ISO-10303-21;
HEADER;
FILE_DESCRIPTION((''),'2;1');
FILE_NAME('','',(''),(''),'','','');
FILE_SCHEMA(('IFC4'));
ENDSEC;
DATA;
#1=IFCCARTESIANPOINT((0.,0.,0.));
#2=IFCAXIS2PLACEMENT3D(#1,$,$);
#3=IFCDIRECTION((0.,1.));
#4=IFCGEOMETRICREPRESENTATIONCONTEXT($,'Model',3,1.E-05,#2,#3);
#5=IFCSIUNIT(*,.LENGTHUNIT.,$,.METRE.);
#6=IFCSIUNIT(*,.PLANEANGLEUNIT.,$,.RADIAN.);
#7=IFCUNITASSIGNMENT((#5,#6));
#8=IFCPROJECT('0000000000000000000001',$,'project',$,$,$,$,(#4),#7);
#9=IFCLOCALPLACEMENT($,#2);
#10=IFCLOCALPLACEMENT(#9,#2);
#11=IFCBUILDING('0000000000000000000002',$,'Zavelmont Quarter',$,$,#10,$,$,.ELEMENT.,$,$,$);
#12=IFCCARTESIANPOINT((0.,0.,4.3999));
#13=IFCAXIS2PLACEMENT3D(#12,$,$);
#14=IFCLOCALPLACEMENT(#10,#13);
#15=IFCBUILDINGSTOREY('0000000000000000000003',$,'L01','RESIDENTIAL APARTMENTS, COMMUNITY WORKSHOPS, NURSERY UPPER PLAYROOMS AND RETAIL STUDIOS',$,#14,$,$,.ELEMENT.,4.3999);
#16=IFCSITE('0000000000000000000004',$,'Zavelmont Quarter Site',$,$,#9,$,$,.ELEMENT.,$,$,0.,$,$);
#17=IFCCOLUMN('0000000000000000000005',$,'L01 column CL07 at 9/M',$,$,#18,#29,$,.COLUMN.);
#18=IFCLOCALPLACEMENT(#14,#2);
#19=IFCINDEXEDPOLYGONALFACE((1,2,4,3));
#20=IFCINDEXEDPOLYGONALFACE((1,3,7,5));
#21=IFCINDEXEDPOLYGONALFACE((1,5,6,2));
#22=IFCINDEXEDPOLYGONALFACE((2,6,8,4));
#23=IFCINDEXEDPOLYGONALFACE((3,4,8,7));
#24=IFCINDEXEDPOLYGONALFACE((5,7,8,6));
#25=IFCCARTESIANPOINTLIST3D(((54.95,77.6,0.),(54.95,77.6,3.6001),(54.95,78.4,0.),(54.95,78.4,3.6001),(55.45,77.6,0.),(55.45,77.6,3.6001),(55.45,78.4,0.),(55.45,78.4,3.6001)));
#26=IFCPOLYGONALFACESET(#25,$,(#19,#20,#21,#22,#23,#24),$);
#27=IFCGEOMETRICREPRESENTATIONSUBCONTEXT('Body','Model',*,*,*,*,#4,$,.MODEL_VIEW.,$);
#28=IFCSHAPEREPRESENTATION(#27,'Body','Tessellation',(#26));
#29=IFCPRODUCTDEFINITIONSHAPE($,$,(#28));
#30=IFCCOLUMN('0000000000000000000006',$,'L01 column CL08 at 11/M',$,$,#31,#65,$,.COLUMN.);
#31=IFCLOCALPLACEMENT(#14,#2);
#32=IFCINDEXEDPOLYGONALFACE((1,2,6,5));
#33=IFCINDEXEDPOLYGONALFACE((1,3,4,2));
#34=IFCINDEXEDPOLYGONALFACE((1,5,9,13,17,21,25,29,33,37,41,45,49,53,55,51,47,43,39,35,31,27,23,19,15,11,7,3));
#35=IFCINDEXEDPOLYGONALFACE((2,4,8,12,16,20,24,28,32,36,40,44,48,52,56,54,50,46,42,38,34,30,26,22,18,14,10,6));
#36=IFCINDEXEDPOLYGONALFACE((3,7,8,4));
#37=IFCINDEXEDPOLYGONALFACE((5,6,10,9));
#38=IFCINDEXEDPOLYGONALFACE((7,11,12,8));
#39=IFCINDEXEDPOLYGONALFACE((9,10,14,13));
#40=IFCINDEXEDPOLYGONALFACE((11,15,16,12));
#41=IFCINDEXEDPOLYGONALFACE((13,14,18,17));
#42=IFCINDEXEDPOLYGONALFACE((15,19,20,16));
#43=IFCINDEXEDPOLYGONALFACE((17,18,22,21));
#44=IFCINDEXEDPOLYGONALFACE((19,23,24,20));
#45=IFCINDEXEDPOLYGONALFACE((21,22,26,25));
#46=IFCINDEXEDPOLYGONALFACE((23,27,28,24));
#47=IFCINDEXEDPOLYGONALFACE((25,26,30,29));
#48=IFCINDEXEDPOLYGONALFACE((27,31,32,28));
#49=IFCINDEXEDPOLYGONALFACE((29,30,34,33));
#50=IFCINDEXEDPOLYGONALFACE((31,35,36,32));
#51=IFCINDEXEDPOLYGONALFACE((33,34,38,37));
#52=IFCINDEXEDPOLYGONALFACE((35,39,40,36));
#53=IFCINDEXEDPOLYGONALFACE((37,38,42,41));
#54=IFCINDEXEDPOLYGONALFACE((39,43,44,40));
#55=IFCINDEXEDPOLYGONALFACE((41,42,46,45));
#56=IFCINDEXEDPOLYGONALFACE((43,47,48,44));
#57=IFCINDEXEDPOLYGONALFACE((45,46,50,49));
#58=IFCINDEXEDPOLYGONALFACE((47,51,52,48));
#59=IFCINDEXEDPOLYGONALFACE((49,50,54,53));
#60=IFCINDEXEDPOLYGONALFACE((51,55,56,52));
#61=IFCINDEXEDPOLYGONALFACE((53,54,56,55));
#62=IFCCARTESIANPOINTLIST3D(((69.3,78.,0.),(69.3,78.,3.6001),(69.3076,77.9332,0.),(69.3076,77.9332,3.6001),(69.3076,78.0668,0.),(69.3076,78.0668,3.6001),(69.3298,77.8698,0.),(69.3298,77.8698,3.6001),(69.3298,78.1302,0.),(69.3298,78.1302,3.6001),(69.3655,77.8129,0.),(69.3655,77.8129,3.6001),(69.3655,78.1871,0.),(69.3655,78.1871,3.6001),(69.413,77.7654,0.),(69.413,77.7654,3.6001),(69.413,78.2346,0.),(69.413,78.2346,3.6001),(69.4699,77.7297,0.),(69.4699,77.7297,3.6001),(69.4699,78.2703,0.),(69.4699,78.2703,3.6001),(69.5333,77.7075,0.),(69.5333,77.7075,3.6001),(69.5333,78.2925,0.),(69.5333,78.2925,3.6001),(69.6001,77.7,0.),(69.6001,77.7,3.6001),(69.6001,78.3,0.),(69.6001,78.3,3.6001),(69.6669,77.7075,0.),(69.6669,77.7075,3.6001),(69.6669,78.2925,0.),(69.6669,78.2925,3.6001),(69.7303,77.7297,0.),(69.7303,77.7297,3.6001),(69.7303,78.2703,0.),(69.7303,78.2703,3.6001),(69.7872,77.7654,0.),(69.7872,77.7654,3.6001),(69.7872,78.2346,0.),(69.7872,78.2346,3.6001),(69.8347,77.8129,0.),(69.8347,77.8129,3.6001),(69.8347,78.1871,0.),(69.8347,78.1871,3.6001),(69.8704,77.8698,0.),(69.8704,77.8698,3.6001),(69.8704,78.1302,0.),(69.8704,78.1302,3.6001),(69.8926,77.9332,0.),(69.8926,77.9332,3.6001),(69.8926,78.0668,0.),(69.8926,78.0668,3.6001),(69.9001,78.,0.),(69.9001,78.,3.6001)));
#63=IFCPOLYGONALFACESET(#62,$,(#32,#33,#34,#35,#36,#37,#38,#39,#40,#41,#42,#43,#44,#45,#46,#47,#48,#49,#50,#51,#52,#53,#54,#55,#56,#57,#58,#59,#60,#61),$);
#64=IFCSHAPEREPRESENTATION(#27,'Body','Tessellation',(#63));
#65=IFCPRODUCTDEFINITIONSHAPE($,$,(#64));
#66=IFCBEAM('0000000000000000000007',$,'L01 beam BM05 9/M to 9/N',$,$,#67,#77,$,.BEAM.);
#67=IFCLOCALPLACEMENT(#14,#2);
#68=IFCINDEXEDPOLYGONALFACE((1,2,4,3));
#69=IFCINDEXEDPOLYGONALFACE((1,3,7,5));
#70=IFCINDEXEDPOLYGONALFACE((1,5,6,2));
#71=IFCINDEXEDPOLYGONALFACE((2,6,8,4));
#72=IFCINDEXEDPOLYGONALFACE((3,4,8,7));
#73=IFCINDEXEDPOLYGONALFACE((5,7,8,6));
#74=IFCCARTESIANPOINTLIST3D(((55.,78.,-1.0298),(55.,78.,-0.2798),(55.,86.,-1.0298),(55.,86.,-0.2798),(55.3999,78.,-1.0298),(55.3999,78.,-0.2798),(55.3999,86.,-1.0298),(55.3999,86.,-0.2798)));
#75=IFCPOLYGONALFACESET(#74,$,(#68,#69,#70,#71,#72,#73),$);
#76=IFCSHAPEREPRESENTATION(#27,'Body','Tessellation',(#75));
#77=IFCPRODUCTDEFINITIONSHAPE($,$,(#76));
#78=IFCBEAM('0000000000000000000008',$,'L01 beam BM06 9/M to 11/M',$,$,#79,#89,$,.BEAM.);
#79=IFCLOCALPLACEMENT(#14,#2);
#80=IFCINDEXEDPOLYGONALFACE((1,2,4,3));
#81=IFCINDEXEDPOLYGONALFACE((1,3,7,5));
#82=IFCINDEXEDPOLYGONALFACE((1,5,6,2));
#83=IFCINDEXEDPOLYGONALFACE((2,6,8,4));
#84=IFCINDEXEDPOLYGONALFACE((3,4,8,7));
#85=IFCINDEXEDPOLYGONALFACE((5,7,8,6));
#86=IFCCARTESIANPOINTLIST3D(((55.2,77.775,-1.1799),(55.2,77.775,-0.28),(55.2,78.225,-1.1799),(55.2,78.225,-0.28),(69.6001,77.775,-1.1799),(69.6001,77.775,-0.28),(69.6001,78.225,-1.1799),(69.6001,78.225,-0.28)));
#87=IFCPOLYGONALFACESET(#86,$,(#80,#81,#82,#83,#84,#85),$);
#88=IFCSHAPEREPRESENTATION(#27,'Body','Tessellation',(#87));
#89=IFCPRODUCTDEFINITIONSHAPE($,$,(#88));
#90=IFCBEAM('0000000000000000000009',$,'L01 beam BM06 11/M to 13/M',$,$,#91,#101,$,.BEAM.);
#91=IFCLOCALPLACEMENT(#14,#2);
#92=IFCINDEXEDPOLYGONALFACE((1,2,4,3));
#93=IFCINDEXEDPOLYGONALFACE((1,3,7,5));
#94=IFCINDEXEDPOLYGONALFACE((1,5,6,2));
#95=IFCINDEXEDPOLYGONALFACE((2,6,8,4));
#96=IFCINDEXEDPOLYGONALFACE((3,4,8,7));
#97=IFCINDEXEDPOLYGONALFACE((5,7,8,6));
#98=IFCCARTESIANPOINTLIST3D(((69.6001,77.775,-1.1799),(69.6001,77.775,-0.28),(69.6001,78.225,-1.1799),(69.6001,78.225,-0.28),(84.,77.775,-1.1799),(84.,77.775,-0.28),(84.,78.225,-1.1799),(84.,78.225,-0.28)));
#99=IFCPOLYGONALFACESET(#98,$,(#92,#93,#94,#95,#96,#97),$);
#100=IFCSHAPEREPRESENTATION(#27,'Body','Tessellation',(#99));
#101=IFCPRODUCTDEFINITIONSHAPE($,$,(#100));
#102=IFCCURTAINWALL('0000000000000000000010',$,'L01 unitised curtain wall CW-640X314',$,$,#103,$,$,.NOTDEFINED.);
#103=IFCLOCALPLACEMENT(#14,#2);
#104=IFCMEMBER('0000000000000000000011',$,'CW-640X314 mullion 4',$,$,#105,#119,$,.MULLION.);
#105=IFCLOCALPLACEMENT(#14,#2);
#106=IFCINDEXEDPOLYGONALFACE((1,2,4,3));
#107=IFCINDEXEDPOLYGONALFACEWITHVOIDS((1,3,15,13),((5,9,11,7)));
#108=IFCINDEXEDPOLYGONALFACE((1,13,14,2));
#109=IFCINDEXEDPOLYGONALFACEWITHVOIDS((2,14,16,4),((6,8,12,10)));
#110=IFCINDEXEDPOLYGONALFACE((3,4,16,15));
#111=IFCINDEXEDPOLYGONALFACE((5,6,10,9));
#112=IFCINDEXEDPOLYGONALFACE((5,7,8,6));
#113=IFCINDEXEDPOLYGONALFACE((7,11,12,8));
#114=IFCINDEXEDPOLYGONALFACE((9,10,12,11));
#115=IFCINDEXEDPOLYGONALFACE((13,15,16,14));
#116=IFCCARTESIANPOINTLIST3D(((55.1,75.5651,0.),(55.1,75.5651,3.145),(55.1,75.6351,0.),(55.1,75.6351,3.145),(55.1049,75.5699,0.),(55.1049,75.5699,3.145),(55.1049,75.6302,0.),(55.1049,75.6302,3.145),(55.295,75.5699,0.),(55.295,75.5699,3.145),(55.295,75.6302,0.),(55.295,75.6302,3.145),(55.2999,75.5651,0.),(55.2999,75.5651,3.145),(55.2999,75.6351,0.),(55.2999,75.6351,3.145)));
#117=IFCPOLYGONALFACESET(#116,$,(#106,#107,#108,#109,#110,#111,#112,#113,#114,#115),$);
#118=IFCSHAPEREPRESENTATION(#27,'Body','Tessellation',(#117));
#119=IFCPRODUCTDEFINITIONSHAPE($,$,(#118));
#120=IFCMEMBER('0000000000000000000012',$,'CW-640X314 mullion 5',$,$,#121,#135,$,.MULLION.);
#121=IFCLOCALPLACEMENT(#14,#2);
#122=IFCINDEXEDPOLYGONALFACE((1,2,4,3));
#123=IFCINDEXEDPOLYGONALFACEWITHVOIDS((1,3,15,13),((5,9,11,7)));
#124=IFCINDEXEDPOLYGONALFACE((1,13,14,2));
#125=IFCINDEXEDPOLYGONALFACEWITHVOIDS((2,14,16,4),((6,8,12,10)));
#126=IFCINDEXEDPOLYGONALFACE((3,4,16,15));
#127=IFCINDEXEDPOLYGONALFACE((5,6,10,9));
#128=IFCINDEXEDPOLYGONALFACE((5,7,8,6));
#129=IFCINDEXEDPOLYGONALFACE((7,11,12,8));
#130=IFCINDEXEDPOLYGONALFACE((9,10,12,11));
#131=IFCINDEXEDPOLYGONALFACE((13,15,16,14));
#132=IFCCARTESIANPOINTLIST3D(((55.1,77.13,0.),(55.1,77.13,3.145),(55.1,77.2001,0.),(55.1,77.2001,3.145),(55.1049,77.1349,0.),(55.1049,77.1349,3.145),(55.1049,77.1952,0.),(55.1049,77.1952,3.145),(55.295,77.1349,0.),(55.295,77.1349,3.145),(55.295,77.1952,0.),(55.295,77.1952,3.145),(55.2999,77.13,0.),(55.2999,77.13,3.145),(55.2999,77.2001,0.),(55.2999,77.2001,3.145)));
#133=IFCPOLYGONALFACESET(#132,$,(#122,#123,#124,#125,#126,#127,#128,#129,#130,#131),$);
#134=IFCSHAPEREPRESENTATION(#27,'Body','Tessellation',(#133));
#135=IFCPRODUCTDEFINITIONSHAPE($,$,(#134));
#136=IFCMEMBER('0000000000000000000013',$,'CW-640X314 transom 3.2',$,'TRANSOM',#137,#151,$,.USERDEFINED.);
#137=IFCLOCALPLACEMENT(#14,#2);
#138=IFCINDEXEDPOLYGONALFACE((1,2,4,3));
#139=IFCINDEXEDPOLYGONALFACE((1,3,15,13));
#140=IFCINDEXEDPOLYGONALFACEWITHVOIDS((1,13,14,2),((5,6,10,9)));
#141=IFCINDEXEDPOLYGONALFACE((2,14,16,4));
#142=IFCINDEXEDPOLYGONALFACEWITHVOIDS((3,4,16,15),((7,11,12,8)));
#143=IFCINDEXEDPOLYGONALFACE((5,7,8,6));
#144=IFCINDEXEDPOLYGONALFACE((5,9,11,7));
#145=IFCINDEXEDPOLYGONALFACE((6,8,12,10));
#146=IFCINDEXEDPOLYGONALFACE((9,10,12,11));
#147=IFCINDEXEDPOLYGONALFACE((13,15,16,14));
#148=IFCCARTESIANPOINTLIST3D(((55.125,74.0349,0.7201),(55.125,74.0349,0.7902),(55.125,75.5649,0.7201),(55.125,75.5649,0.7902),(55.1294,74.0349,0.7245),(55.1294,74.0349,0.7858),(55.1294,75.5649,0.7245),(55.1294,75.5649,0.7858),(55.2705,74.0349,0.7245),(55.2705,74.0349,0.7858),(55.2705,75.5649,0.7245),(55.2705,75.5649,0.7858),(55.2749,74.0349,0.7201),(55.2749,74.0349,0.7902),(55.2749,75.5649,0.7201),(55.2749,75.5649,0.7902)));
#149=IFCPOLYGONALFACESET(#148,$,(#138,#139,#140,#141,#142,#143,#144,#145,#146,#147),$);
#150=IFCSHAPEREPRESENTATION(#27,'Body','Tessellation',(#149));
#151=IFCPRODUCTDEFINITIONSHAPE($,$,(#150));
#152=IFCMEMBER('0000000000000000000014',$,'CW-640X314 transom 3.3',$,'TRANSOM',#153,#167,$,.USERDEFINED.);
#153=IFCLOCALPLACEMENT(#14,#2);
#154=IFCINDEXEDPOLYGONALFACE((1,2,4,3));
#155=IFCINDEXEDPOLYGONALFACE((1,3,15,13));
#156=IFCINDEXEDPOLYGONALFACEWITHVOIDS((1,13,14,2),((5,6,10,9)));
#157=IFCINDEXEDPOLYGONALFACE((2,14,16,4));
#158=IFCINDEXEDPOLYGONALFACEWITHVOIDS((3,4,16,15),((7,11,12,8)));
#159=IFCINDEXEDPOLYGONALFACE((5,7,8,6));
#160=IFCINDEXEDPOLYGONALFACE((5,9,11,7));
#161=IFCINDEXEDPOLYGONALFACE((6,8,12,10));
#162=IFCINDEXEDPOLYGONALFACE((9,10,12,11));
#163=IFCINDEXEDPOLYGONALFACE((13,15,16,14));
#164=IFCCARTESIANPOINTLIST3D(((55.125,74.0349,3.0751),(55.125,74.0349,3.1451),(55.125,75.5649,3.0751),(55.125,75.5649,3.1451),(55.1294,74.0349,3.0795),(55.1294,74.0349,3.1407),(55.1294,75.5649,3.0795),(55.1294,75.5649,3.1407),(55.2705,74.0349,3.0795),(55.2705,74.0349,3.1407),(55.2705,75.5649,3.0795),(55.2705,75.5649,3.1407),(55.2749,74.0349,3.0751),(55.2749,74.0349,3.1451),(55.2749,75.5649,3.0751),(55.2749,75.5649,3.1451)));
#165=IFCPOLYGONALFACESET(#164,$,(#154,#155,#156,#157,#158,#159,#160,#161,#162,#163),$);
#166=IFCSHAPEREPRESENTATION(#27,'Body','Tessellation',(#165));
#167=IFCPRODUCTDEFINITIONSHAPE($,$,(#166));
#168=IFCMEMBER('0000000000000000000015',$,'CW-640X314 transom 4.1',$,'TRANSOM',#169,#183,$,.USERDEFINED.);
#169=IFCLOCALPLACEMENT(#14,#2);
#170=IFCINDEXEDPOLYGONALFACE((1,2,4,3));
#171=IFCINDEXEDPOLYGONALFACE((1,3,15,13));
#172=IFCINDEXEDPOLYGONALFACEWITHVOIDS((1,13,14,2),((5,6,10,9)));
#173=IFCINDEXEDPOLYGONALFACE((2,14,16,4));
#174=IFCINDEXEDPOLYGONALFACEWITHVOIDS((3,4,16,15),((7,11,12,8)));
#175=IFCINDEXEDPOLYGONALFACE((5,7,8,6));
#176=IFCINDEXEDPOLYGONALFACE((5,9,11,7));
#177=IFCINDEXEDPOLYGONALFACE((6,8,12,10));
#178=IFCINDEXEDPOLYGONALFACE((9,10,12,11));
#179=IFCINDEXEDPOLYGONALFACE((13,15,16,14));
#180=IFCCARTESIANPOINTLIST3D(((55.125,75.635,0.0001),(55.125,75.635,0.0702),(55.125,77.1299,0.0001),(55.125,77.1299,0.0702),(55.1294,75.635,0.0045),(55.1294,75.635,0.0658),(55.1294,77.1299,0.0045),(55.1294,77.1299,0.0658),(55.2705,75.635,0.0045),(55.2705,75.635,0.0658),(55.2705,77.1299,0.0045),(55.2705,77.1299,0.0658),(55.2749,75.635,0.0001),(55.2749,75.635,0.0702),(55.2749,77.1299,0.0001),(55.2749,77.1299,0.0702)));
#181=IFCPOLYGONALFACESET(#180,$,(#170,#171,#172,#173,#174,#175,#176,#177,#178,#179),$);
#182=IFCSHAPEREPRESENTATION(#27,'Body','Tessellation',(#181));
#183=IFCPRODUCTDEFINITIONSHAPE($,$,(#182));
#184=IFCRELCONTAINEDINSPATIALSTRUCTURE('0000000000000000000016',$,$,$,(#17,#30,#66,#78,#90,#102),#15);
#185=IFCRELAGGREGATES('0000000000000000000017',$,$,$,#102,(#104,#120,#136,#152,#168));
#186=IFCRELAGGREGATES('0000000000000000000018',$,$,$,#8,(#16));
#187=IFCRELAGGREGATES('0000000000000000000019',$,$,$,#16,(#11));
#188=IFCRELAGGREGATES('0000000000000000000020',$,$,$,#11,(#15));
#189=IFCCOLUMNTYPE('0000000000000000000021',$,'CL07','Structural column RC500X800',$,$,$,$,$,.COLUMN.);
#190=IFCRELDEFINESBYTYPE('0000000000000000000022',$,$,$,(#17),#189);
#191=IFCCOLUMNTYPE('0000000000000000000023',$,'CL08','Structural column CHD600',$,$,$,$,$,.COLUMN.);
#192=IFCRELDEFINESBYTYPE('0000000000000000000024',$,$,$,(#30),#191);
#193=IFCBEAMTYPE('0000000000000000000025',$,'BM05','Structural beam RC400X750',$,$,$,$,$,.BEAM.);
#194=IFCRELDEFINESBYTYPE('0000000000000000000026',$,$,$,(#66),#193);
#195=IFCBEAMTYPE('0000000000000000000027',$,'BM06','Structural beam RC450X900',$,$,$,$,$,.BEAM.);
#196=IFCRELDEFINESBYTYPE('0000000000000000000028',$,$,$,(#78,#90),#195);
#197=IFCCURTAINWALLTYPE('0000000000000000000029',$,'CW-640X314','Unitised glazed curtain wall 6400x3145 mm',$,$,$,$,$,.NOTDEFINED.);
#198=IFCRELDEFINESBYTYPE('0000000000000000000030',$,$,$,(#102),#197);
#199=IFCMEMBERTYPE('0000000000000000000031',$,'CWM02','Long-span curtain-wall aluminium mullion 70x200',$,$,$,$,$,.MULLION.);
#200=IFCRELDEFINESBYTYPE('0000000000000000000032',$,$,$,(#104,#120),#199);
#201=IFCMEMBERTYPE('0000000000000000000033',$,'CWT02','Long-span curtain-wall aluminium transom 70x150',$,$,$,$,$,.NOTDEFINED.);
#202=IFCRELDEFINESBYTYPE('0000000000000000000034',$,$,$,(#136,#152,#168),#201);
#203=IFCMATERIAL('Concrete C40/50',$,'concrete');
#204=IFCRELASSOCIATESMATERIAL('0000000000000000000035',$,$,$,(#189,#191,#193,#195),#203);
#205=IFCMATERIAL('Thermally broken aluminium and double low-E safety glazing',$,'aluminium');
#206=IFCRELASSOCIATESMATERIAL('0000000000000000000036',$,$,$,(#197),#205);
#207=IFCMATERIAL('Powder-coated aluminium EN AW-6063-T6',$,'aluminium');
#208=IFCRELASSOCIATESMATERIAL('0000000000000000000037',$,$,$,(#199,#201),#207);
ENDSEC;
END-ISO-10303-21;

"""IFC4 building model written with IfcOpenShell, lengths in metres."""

from ifc_helpers import new_model, si_unit, direction, frame, origin, origin_2d, place, context, subcontext, project, spatial, rectangle, hollow_rectangle, circle, extrude, material, material_profile, profile_set, type_object, element, aggregate, save


model = new_model("IFC4")

# Units and contexts
model_context = context("Model", 3, precision=1e-05, world=origin(), true_north=direction((0.0, 1.0)))
body_context = subcontext(model_context, "Body", "Model", "MODEL_VIEW")
ifc_project = project(units=[si_unit("LENGTHUNIT", "METRE"), si_unit("PLANEANGLEUNIT", "RADIAN")], contexts=[model_context])

# Site, building, storey
site_placement = place(None, origin())
site = spatial("IfcSite", under=ifc_project, at=site_placement, Name="Zavelmont Quarter Site", CompositionType="ELEMENT", RefElevation=0.0)
building_placement = place(site_placement, origin())
building = spatial("IfcBuilding", under=site, at=building_placement, Name="Zavelmont Quarter", CompositionType="ELEMENT")
storey_placement = place(building_placement, frame((0.0, 0.0, 4.3999)))
storey = spatial("IfcBuildingStorey", under=building, at=storey_placement, Name="L01", Description="RESIDENTIAL APARTMENTS, COMMUNITY WORKSHOPS, NURSERY UPPER PLAYROOMS AND RETAIL STUDIOS", CompositionType="ELEMENT", Elevation=4.3999)

# Columns
ifc_material_1 = material(Name="Concrete C40/50", Category="concrete")
ifc_material_profile_1 = material_profile(ifc_material_1, rectangle(XDim=0.5, YDim=0.8, at=origin_2d()), Name="RC500X800")
ifc_profile_set_1 = profile_set([ifc_material_profile_1], Name="Concrete C40/50")
column_type_1 = type_object("IfcColumnType", Name="CL07", Description="Structural column RC500X800", PredefinedType="COLUMN", material=ifc_profile_set_1)
column_1_placement = place(storey_placement, frame((55.2, 78.0, 0.0), z_axis=(0.0, 0.0, 1.0), x_axis=(1.0, 0.0, 0.0)))
element("IfcColumn", 1, at=column_1_placement, inside=storey, type_object=column_type_1, Name="L01 column CL07 at 9/M", PredefinedType="COLUMN", context=body_context, shape_type="SweptSolid", body=[
    extrude(rectangle(XDim=0.5, YDim=0.8, at=origin_2d()), origin(), (0.0, 0.0, 1.0), 3.6001),
])
ifc_material_profile_2 = material_profile(ifc_material_1, circle(Radius=0.3, at=origin_2d()), Name="CHD600")
ifc_profile_set_2 = profile_set([ifc_material_profile_2], Name="Concrete C40/50")
column_type_2 = type_object("IfcColumnType", Name="CL08", Description="Structural column CHD600", PredefinedType="COLUMN", material=ifc_profile_set_2)
column_2_placement = place(storey_placement, frame((69.6001, 78.0, 0.0), z_axis=(0.0, 0.0, 1.0), x_axis=(1.0, 0.0, 0.0)))
element("IfcColumn", 2, at=column_2_placement, inside=storey, type_object=column_type_2, Name="L01 column CL08 at 11/M", PredefinedType="COLUMN", context=body_context, shape_type="SweptSolid", body=[
    extrude(circle(Radius=0.3, at=origin_2d()), origin(), (0.0, 0.0, 1.0), 3.6001),
])

# Beams
ifc_material_profile_3 = material_profile(ifc_material_1, rectangle(XDim=0.3999, YDim=0.75, at=origin_2d()), Name="RC400X750")
ifc_profile_set_3 = profile_set([ifc_material_profile_3], Name="Concrete C40/50")
beam_type_1 = type_object("IfcBeamType", Name="BM05", Description="Structural beam RC400X750", PredefinedType="BEAM", material=ifc_profile_set_3)
beam_1_placement = place(storey_placement, frame((55.2, 78.0, -0.6548), z_axis=(0.0, 1.0, 0.0), x_axis=(-1.0, 0.0, 0.0)))
element("IfcBeam", 3, at=beam_1_placement, inside=storey, type_object=beam_type_1, Name="L01 beam BM05 9/M to 9/N", PredefinedType="BEAM", context=body_context, shape_type="SweptSolid", body=[
    extrude(rectangle(XDim=0.3999, YDim=0.75, at=origin_2d()), origin(), (0.0, 0.0, 1.0), 8.0),
])
ifc_material_profile_4 = material_profile(ifc_material_1, rectangle(XDim=0.45, YDim=0.8999, at=origin_2d()), Name="RC450X900")
ifc_profile_set_4 = profile_set([ifc_material_profile_4], Name="Concrete C40/50")
beam_type_2 = type_object("IfcBeamType", Name="BM06", Description="Structural beam RC450X900", PredefinedType="BEAM", material=ifc_profile_set_4)
beam_2_placement = place(storey_placement, frame((55.2, 78.0, -0.73), z_axis=(1.0, 0.0, 0.0), x_axis=(0.0, 1.0, 0.0)))
element("IfcBeam", 4, at=beam_2_placement, inside=storey, type_object=beam_type_2, Name="L01 beam BM06 9/M to 11/M", PredefinedType="BEAM", context=body_context, shape_type="SweptSolid", body=[
    extrude(rectangle(XDim=0.45, YDim=0.8999, at=origin_2d()), origin(), (0.0, 0.0, 1.0), 14.4001),
])
beam_3_placement = place(storey_placement, frame((69.6001, 78.0, -0.73), z_axis=(1.0, 0.0, 0.0), x_axis=(0.0, 1.0, 0.0)))
element("IfcBeam", 5, at=beam_3_placement, inside=storey, type_object=beam_type_2, Name="L01 beam BM06 11/M to 13/M", PredefinedType="BEAM", context=body_context, shape_type="SweptSolid", body=[
    extrude(rectangle(XDim=0.45, YDim=0.8999, at=origin_2d()), origin(), (0.0, 0.0, 1.0), 14.3999),
])

# Curtain wall, members
ifc_material_2 = material(Name="Thermally broken aluminium and double low-E safety glazing", Category="aluminium")
curtain_wall_type = type_object("IfcCurtainWallType", Name="CW-640X314", Description="Unitised glazed curtain wall 6400x3145 mm", PredefinedType="NOTDEFINED", material=ifc_material_2)
curtain_wall_placement = place(storey_placement, origin())
curtain_wall = element("IfcCurtainWall", 6, at=curtain_wall_placement, inside=storey, type_object=curtain_wall_type, Name="L01 unitised curtain wall CW-640X314", PredefinedType="NOTDEFINED")
ifc_material_3 = material(Name="Powder-coated aluminium EN AW-6063-T6", Category="aluminium")
ifc_material_profile_5 = material_profile(ifc_material_3, hollow_rectangle(XDim=0.0701, YDim=0.2, WallThickness=0.0049, at=origin_2d()), Name="CWM70X200")
ifc_profile_set_5 = profile_set([ifc_material_profile_5], Name="Powder-coated aluminium EN AW-6063-T6")
member_type_1 = type_object("IfcMemberType", Name="CWM02", Description="Long-span curtain-wall aluminium mullion 70x200", PredefinedType="MULLION", material=ifc_profile_set_5)
member_1_placement = place(storey_placement, frame((55.2, 75.6001, 0.0), z_axis=(0.0, 0.0, 1.0), x_axis=(0.0, 1.0, 0.0)))
member_1 = element("IfcMember", 7, at=member_1_placement, type_object=member_type_1, Name="CW-640X314 mullion 4", PredefinedType="MULLION", context=body_context, shape_type="SweptSolid", body=[
    extrude(hollow_rectangle(XDim=0.0701, YDim=0.2, WallThickness=0.0049, at=origin_2d()), origin(), (0.0, 0.0, 1.0), 3.145),
])
member_2_placement = place(storey_placement, frame((55.2, 77.165, 0.0), z_axis=(0.0, 0.0, 1.0), x_axis=(0.0, 1.0, 0.0)))
member_2 = element("IfcMember", 8, at=member_2_placement, type_object=member_type_1, Name="CW-640X314 mullion 5", PredefinedType="MULLION", context=body_context, shape_type="SweptSolid", body=[
    extrude(hollow_rectangle(XDim=0.0701, YDim=0.2, WallThickness=0.0049, at=origin_2d()), origin(), (0.0, 0.0, 1.0), 3.145),
])
ifc_material_profile_6 = material_profile(ifc_material_3, hollow_rectangle(XDim=0.1499, YDim=0.0701, WallThickness=0.0044, at=origin_2d()), Name="CWT70X150")
ifc_profile_set_6 = profile_set([ifc_material_profile_6], Name="Powder-coated aluminium EN AW-6063-T6")
member_type_2 = type_object("IfcMemberType", Name="CWT02", Description="Long-span curtain-wall aluminium transom 70x150", PredefinedType="NOTDEFINED", material=ifc_profile_set_6)
member_3_placement = place(storey_placement, frame((55.2, 74.0349, 0.7551), z_axis=(0.0, 1.0, 0.0), x_axis=(-1.0, 0.0, 0.0)))
member_3 = element("IfcMember", 9, at=member_3_placement, type_object=member_type_2, Name="CW-640X314 transom 3.2", ObjectType="TRANSOM", PredefinedType="USERDEFINED", context=body_context, shape_type="SweptSolid", body=[
    extrude(hollow_rectangle(XDim=0.1499, YDim=0.0701, WallThickness=0.0044, at=origin_2d()), origin(), (0.0, 0.0, 1.0), 1.53),
])
member_4_placement = place(storey_placement, frame((55.2, 74.0349, 3.1101), z_axis=(0.0, 1.0, 0.0), x_axis=(-1.0, 0.0, 0.0)))
member_4 = element("IfcMember", 10, at=member_4_placement, type_object=member_type_2, Name="CW-640X314 transom 3.3", ObjectType="TRANSOM", PredefinedType="USERDEFINED", context=body_context, shape_type="SweptSolid", body=[
    extrude(hollow_rectangle(XDim=0.1499, YDim=0.0701, WallThickness=0.0044, at=origin_2d()), origin(), (0.0, 0.0, 1.0), 1.53),
])
member_5_placement = place(storey_placement, frame((55.2, 75.635, 0.0352), z_axis=(0.0, 1.0, 0.0), x_axis=(-1.0, 0.0, 0.0)))
member_5 = element("IfcMember", 11, at=member_5_placement, type_object=member_type_2, Name="CW-640X314 transom 4.1", ObjectType="TRANSOM", PredefinedType="USERDEFINED", context=body_context, shape_type="SweptSolid", body=[
    extrude(hollow_rectangle(XDim=0.1499, YDim=0.0701, WallThickness=0.0044, at=origin_2d()), origin(), (0.0, 0.0, 1.0), 1.4949),
])
aggregate(curtain_wall, [member_1, member_2, member_3, member_4, member_5])

save(model, "model.ifc")
